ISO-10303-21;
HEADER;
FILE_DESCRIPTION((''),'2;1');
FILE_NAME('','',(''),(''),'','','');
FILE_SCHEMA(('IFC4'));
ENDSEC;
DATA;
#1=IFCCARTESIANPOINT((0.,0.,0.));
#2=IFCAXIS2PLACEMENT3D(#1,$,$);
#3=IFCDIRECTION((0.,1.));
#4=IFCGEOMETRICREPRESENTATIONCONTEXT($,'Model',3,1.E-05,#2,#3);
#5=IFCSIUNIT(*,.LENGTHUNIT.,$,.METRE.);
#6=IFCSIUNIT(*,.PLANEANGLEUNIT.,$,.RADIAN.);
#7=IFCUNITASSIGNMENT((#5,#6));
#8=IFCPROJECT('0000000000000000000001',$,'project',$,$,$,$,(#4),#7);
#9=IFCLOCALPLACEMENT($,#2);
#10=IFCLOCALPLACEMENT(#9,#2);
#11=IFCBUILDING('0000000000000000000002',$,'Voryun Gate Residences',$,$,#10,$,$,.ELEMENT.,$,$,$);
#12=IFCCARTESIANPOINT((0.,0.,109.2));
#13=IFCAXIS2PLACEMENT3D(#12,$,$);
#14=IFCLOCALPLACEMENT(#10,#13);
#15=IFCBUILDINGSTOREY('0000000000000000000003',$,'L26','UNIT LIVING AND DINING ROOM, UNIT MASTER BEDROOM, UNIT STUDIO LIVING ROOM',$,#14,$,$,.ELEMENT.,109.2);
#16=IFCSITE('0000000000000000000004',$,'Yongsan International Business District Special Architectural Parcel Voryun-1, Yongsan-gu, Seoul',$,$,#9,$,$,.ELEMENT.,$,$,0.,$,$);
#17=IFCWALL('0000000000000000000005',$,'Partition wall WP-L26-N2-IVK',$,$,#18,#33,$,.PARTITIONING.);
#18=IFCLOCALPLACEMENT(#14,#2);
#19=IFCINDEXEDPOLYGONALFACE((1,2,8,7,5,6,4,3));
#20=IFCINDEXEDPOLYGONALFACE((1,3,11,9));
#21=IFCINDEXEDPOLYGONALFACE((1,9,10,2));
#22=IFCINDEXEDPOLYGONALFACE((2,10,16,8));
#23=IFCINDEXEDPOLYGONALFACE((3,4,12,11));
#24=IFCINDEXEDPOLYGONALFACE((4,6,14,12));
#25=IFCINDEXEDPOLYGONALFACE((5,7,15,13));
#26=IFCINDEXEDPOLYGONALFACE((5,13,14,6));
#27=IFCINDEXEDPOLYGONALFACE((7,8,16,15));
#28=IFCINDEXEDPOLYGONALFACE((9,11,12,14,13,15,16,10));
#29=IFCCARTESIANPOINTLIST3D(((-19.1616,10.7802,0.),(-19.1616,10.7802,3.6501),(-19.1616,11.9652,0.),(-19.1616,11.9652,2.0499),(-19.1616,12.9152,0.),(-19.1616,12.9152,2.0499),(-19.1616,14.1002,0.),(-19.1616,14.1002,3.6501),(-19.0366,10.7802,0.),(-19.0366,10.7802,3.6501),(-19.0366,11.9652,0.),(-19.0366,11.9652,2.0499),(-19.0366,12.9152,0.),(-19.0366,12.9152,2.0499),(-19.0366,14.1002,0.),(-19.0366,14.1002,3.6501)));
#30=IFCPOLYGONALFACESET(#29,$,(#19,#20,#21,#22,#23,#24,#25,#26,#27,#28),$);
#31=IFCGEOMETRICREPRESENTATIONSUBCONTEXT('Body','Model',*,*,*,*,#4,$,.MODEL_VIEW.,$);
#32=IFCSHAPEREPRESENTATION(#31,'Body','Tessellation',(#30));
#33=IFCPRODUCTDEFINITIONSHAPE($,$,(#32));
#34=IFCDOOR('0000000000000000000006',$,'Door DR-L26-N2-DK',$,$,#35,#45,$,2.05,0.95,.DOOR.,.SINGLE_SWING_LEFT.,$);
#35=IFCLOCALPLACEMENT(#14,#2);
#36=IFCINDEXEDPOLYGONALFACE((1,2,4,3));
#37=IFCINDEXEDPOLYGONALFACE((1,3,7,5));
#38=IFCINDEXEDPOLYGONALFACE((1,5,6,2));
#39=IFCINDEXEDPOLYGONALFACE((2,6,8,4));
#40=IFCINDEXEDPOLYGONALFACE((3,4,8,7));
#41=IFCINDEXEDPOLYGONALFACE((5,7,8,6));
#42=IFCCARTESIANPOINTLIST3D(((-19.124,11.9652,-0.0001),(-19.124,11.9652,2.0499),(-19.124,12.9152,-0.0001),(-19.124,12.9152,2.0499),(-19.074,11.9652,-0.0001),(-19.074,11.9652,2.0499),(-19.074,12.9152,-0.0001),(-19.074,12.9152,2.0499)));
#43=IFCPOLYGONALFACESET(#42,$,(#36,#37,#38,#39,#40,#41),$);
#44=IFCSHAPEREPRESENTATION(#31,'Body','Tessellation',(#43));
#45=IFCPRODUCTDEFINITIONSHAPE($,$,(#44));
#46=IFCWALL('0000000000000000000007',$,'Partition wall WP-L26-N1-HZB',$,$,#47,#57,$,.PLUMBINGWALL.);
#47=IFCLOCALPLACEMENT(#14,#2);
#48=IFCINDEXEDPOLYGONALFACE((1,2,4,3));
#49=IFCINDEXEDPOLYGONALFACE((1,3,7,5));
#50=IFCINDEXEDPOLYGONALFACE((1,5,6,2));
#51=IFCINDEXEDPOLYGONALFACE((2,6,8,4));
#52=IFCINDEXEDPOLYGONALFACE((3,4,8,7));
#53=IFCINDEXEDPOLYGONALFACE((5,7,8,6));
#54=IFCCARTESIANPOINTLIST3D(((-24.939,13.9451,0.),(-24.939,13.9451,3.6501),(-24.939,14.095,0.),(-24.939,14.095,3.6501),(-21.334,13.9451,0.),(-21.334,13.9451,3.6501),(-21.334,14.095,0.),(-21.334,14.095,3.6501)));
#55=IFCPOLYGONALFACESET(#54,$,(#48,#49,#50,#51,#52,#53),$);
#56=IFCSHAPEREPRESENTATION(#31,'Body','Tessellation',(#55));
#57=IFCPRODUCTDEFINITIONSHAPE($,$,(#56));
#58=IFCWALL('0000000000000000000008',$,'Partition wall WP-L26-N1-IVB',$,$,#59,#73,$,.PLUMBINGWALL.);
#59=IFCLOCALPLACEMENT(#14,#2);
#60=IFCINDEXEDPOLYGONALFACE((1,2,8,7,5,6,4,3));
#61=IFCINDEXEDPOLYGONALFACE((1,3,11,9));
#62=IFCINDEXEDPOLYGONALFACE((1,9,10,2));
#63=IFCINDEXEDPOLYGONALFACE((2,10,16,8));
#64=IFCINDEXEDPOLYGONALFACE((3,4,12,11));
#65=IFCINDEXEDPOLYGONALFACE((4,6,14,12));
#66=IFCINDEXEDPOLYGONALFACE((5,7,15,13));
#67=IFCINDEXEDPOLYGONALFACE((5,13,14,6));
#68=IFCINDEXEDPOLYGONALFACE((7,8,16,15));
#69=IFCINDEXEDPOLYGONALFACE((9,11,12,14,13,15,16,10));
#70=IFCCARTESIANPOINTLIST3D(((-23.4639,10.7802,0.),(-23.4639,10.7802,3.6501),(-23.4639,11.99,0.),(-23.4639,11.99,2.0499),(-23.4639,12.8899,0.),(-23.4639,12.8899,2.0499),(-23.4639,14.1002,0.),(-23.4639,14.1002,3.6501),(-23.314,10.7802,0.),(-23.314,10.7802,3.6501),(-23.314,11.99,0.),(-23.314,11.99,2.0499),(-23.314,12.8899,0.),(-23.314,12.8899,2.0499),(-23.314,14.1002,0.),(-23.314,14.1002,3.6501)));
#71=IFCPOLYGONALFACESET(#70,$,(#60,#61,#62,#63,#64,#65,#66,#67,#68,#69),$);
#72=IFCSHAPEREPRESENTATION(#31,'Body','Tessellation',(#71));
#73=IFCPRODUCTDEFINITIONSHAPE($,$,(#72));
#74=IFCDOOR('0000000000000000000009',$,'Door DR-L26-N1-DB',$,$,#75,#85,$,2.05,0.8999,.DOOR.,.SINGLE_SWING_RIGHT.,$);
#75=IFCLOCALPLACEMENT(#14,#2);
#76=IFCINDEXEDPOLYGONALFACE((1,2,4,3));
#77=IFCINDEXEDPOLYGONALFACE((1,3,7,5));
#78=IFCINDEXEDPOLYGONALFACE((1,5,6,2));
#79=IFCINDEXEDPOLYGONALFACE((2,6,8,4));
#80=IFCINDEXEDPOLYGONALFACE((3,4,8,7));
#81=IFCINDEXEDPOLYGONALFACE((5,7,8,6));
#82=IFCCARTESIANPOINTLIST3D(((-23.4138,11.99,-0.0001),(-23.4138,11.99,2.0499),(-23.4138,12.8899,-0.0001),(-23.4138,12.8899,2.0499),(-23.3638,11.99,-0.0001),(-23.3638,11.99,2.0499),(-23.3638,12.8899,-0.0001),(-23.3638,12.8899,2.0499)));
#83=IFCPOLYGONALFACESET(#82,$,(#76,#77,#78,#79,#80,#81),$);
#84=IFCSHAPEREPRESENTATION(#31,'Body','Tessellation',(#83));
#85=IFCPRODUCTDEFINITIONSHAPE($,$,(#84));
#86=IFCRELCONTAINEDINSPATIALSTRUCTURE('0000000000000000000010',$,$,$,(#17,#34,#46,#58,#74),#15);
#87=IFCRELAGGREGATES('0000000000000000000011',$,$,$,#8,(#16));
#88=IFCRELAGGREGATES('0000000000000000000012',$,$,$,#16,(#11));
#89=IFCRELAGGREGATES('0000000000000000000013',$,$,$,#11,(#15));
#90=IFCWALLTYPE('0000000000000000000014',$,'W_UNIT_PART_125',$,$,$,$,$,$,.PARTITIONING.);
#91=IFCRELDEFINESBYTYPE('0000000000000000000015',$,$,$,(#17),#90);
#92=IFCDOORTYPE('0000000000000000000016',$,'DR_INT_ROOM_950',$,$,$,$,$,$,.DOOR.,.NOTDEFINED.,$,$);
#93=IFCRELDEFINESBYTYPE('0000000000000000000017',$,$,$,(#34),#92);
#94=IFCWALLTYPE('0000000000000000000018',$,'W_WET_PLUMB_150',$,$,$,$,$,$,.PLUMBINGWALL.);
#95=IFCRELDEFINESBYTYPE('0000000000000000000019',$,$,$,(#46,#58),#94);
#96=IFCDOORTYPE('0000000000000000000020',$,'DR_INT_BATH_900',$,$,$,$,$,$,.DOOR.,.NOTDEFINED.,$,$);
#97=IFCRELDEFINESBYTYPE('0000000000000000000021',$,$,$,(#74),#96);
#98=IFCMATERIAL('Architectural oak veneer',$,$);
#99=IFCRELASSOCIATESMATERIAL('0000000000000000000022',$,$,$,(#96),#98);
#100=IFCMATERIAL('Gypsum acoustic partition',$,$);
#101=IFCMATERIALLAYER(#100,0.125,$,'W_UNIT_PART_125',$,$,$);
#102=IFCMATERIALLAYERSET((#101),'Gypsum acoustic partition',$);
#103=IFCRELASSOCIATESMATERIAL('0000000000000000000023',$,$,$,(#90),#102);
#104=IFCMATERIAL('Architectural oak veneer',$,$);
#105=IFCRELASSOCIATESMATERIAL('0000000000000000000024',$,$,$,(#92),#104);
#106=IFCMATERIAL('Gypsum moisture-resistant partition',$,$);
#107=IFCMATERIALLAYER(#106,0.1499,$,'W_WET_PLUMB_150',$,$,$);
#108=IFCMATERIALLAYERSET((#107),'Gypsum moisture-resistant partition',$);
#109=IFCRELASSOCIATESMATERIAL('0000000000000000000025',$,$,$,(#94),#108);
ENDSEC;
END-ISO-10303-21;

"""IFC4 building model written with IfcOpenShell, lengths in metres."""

from ifc_helpers import new_model, si_unit, direction, frame, frame_2d, origin, place, context, subcontext, project, spatial, rectangle, extrude, material, layer, layer_set, type_object, element, fill, save


model = new_model("IFC4")

# Units and contexts
model_context = context("Model", 3, precision=1e-05, world=origin(), true_north=direction((0.0, 1.0)))
body_context = subcontext(model_context, "Body", "Model", "MODEL_VIEW")
ifc_project = project(units=[si_unit("LENGTHUNIT", "METRE"), si_unit("PLANEANGLEUNIT", "RADIAN")], contexts=[model_context])

# Site, building, storey
site_placement = place(None, origin())
site = spatial("IfcSite", under=ifc_project, at=site_placement, Name="Yongsan International Business District Special Architectural Parcel Voryun-1, Yongsan-gu, Seoul", CompositionType="ELEMENT", RefElevation=0.0)
building_placement = place(site_placement, origin())
building = spatial("IfcBuilding", under=site, at=building_placement, Name="Voryun Gate Residences", CompositionType="ELEMENT")
storey_placement = place(building_placement, frame((0.0, 0.0, 109.2)))
storey = spatial("IfcBuildingStorey", under=building, at=storey_placement, Name="L26", Description="UNIT LIVING AND DINING ROOM, UNIT MASTER BEDROOM, UNIT STUDIO LIVING ROOM", CompositionType="ELEMENT", Elevation=109.2)

# Shared definitions
ifc_material_1 = material(Name="Architectural oak veneer")
door_type_1 = type_object("IfcDoorType", Name="DR_INT_BATH_900", OperationType="NOTDEFINED", PredefinedType="DOOR", material=ifc_material_1)

# Shared definitions
ifc_material_2 = material(Name="Gypsum acoustic partition")
ifc_layer_1 = layer(ifc_material_2, 0.125, Name="W_UNIT_PART_125")
ifc_layer_set_1 = layer_set([ifc_layer_1], Name="Gypsum acoustic partition")
wall_type_1 = type_object("IfcWallType", Name="W_UNIT_PART_125", PredefinedType="PARTITIONING", material=ifc_layer_set_1)
ifc_material_3 = material(Name="Architectural oak veneer")
door_type_2 = type_object("IfcDoorType", Name="DR_INT_ROOM_950", OperationType="NOTDEFINED", PredefinedType="DOOR", material=ifc_material_3)

# Wall, opening, door
wall_1_placement = place(storey_placement, frame((-19.0991, 10.78, 0.0), z_axis=(0.0, 0.0, 1.0), x_axis=(0.0, 1.0, 0.0)))
wall_1 = element("IfcWall", 1, at=wall_1_placement, inside=storey, type_object=wall_type_1, Name="Partition wall WP-L26-N2-IVK", PredefinedType="PARTITIONING", context=body_context, shape_type="SweptSolid", body=[
    extrude(rectangle(XDim=3.3201, YDim=0.125, at=frame_2d((1.6602, 0.0))), origin(), (0.0, 0.0, 1.0), 3.6501),
])
opening_1_placement = place(wall_1_placement, frame((1.1851, 0.0, 0.0)))
opening_1 = element("IfcOpeningElement", 2, at=opening_1_placement, cuts=wall_1, PredefinedType="OPENING", context=body_context, shape_type="SweptSolid", body=[
    extrude(rectangle(XDim=0.95, YDim=2.05, at=frame_2d((0.4751, 1.0249))), frame((0.0, 0.0725, 0.0), z_axis=(0.0, -1.0, 0.0), x_axis=(1.0, 0.0, 0.0)), (0.0, 0.0, 1.0), 0.145),
])
door_1_placement = place(opening_1_placement, origin())
door_1 = element("IfcDoor", 3, at=door_1_placement, inside=storey, type_object=door_type_2, Name="Door DR-L26-N2-DK", OperationType="SINGLE_SWING_LEFT", OverallHeight=2.05, OverallWidth=0.95, PredefinedType="DOOR", context=body_context, shape_type="SweptSolid", body=[
    extrude(rectangle(XDim=0.95, YDim=2.05, at=frame_2d((0.4751, 1.0249))), frame((0.0, 0.0249, 0.0), z_axis=(0.0, -1.0, 0.0), x_axis=(1.0, 0.0, 0.0)), (0.0, 0.0, 1.0), 0.05),
])
fill(opening_1, door_1)

# Wall
ifc_material_4 = material(Name="Gypsum moisture-resistant partition")
ifc_layer_2 = layer(ifc_material_4, 0.1499, Name="W_WET_PLUMB_150")
ifc_layer_set_2 = layer_set([ifc_layer_2], Name="Gypsum moisture-resistant partition")
wall_type_2 = type_object("IfcWallType", Name="W_WET_PLUMB_150", PredefinedType="PLUMBINGWALL", material=ifc_layer_set_2)
wall_2_placement = place(storey_placement, frame((-24.939, 14.02, 0.0), z_axis=(0.0, 0.0, 1.0), x_axis=(1.0, 0.0, 0.0)))
element("IfcWall", 4, at=wall_2_placement, inside=storey, type_object=wall_type_2, Name="Partition wall WP-L26-N1-HZB", PredefinedType="PLUMBINGWALL", context=body_context, shape_type="SweptSolid", body=[
    extrude(rectangle(XDim=3.605, YDim=0.1499, at=frame_2d((1.8025, 0.0))), origin(), (0.0, 0.0, 1.0), 3.6501),
])

# Wall, opening, door
wall_3_placement = place(storey_placement, frame((-23.3889, 10.78, 0.0), z_axis=(0.0, 0.0, 1.0), x_axis=(0.0, 1.0, 0.0)))
wall_3 = element("IfcWall", 5, at=wall_3_placement, inside=storey, type_object=wall_type_2, Name="Partition wall WP-L26-N1-IVB", PredefinedType="PLUMBINGWALL", context=body_context, shape_type="SweptSolid", body=[
    extrude(rectangle(XDim=3.3201, YDim=0.1499, at=frame_2d((1.6602, 0.0))), origin(), (0.0, 0.0, 1.0), 3.6501),
])
opening_2_placement = place(wall_3_placement, frame((1.21, 0.0, 0.0)))
opening_2 = element("IfcOpeningElement", 6, at=opening_2_placement, cuts=wall_3, PredefinedType="OPENING", context=body_context, shape_type="SweptSolid", body=[
    extrude(rectangle(XDim=0.8999, YDim=2.05, at=frame_2d((0.45, 1.0249))), frame((0.0, 0.085, 0.0), z_axis=(0.0, -1.0, 0.0), x_axis=(1.0, 0.0, 0.0)), (0.0, 0.0, 1.0), 0.1699),
])
door_2_placement = place(opening_2_placement, origin())
door_2 = element("IfcDoor", 7, at=door_2_placement, inside=storey, type_object=door_type_1, Name="Door DR-L26-N1-DB", OperationType="SINGLE_SWING_RIGHT", OverallHeight=2.05, OverallWidth=0.8999, PredefinedType="DOOR", context=body_context, shape_type="SweptSolid", body=[
    extrude(rectangle(XDim=0.8999, YDim=2.05, at=frame_2d((0.45, 1.0249))), frame((0.0, 0.0249, 0.0), z_axis=(0.0, -1.0, 0.0), x_axis=(1.0, 0.0, 0.0)), (0.0, 0.0, 1.0), 0.05),
])
fill(opening_2, door_2)

save(model, "model.ifc")
